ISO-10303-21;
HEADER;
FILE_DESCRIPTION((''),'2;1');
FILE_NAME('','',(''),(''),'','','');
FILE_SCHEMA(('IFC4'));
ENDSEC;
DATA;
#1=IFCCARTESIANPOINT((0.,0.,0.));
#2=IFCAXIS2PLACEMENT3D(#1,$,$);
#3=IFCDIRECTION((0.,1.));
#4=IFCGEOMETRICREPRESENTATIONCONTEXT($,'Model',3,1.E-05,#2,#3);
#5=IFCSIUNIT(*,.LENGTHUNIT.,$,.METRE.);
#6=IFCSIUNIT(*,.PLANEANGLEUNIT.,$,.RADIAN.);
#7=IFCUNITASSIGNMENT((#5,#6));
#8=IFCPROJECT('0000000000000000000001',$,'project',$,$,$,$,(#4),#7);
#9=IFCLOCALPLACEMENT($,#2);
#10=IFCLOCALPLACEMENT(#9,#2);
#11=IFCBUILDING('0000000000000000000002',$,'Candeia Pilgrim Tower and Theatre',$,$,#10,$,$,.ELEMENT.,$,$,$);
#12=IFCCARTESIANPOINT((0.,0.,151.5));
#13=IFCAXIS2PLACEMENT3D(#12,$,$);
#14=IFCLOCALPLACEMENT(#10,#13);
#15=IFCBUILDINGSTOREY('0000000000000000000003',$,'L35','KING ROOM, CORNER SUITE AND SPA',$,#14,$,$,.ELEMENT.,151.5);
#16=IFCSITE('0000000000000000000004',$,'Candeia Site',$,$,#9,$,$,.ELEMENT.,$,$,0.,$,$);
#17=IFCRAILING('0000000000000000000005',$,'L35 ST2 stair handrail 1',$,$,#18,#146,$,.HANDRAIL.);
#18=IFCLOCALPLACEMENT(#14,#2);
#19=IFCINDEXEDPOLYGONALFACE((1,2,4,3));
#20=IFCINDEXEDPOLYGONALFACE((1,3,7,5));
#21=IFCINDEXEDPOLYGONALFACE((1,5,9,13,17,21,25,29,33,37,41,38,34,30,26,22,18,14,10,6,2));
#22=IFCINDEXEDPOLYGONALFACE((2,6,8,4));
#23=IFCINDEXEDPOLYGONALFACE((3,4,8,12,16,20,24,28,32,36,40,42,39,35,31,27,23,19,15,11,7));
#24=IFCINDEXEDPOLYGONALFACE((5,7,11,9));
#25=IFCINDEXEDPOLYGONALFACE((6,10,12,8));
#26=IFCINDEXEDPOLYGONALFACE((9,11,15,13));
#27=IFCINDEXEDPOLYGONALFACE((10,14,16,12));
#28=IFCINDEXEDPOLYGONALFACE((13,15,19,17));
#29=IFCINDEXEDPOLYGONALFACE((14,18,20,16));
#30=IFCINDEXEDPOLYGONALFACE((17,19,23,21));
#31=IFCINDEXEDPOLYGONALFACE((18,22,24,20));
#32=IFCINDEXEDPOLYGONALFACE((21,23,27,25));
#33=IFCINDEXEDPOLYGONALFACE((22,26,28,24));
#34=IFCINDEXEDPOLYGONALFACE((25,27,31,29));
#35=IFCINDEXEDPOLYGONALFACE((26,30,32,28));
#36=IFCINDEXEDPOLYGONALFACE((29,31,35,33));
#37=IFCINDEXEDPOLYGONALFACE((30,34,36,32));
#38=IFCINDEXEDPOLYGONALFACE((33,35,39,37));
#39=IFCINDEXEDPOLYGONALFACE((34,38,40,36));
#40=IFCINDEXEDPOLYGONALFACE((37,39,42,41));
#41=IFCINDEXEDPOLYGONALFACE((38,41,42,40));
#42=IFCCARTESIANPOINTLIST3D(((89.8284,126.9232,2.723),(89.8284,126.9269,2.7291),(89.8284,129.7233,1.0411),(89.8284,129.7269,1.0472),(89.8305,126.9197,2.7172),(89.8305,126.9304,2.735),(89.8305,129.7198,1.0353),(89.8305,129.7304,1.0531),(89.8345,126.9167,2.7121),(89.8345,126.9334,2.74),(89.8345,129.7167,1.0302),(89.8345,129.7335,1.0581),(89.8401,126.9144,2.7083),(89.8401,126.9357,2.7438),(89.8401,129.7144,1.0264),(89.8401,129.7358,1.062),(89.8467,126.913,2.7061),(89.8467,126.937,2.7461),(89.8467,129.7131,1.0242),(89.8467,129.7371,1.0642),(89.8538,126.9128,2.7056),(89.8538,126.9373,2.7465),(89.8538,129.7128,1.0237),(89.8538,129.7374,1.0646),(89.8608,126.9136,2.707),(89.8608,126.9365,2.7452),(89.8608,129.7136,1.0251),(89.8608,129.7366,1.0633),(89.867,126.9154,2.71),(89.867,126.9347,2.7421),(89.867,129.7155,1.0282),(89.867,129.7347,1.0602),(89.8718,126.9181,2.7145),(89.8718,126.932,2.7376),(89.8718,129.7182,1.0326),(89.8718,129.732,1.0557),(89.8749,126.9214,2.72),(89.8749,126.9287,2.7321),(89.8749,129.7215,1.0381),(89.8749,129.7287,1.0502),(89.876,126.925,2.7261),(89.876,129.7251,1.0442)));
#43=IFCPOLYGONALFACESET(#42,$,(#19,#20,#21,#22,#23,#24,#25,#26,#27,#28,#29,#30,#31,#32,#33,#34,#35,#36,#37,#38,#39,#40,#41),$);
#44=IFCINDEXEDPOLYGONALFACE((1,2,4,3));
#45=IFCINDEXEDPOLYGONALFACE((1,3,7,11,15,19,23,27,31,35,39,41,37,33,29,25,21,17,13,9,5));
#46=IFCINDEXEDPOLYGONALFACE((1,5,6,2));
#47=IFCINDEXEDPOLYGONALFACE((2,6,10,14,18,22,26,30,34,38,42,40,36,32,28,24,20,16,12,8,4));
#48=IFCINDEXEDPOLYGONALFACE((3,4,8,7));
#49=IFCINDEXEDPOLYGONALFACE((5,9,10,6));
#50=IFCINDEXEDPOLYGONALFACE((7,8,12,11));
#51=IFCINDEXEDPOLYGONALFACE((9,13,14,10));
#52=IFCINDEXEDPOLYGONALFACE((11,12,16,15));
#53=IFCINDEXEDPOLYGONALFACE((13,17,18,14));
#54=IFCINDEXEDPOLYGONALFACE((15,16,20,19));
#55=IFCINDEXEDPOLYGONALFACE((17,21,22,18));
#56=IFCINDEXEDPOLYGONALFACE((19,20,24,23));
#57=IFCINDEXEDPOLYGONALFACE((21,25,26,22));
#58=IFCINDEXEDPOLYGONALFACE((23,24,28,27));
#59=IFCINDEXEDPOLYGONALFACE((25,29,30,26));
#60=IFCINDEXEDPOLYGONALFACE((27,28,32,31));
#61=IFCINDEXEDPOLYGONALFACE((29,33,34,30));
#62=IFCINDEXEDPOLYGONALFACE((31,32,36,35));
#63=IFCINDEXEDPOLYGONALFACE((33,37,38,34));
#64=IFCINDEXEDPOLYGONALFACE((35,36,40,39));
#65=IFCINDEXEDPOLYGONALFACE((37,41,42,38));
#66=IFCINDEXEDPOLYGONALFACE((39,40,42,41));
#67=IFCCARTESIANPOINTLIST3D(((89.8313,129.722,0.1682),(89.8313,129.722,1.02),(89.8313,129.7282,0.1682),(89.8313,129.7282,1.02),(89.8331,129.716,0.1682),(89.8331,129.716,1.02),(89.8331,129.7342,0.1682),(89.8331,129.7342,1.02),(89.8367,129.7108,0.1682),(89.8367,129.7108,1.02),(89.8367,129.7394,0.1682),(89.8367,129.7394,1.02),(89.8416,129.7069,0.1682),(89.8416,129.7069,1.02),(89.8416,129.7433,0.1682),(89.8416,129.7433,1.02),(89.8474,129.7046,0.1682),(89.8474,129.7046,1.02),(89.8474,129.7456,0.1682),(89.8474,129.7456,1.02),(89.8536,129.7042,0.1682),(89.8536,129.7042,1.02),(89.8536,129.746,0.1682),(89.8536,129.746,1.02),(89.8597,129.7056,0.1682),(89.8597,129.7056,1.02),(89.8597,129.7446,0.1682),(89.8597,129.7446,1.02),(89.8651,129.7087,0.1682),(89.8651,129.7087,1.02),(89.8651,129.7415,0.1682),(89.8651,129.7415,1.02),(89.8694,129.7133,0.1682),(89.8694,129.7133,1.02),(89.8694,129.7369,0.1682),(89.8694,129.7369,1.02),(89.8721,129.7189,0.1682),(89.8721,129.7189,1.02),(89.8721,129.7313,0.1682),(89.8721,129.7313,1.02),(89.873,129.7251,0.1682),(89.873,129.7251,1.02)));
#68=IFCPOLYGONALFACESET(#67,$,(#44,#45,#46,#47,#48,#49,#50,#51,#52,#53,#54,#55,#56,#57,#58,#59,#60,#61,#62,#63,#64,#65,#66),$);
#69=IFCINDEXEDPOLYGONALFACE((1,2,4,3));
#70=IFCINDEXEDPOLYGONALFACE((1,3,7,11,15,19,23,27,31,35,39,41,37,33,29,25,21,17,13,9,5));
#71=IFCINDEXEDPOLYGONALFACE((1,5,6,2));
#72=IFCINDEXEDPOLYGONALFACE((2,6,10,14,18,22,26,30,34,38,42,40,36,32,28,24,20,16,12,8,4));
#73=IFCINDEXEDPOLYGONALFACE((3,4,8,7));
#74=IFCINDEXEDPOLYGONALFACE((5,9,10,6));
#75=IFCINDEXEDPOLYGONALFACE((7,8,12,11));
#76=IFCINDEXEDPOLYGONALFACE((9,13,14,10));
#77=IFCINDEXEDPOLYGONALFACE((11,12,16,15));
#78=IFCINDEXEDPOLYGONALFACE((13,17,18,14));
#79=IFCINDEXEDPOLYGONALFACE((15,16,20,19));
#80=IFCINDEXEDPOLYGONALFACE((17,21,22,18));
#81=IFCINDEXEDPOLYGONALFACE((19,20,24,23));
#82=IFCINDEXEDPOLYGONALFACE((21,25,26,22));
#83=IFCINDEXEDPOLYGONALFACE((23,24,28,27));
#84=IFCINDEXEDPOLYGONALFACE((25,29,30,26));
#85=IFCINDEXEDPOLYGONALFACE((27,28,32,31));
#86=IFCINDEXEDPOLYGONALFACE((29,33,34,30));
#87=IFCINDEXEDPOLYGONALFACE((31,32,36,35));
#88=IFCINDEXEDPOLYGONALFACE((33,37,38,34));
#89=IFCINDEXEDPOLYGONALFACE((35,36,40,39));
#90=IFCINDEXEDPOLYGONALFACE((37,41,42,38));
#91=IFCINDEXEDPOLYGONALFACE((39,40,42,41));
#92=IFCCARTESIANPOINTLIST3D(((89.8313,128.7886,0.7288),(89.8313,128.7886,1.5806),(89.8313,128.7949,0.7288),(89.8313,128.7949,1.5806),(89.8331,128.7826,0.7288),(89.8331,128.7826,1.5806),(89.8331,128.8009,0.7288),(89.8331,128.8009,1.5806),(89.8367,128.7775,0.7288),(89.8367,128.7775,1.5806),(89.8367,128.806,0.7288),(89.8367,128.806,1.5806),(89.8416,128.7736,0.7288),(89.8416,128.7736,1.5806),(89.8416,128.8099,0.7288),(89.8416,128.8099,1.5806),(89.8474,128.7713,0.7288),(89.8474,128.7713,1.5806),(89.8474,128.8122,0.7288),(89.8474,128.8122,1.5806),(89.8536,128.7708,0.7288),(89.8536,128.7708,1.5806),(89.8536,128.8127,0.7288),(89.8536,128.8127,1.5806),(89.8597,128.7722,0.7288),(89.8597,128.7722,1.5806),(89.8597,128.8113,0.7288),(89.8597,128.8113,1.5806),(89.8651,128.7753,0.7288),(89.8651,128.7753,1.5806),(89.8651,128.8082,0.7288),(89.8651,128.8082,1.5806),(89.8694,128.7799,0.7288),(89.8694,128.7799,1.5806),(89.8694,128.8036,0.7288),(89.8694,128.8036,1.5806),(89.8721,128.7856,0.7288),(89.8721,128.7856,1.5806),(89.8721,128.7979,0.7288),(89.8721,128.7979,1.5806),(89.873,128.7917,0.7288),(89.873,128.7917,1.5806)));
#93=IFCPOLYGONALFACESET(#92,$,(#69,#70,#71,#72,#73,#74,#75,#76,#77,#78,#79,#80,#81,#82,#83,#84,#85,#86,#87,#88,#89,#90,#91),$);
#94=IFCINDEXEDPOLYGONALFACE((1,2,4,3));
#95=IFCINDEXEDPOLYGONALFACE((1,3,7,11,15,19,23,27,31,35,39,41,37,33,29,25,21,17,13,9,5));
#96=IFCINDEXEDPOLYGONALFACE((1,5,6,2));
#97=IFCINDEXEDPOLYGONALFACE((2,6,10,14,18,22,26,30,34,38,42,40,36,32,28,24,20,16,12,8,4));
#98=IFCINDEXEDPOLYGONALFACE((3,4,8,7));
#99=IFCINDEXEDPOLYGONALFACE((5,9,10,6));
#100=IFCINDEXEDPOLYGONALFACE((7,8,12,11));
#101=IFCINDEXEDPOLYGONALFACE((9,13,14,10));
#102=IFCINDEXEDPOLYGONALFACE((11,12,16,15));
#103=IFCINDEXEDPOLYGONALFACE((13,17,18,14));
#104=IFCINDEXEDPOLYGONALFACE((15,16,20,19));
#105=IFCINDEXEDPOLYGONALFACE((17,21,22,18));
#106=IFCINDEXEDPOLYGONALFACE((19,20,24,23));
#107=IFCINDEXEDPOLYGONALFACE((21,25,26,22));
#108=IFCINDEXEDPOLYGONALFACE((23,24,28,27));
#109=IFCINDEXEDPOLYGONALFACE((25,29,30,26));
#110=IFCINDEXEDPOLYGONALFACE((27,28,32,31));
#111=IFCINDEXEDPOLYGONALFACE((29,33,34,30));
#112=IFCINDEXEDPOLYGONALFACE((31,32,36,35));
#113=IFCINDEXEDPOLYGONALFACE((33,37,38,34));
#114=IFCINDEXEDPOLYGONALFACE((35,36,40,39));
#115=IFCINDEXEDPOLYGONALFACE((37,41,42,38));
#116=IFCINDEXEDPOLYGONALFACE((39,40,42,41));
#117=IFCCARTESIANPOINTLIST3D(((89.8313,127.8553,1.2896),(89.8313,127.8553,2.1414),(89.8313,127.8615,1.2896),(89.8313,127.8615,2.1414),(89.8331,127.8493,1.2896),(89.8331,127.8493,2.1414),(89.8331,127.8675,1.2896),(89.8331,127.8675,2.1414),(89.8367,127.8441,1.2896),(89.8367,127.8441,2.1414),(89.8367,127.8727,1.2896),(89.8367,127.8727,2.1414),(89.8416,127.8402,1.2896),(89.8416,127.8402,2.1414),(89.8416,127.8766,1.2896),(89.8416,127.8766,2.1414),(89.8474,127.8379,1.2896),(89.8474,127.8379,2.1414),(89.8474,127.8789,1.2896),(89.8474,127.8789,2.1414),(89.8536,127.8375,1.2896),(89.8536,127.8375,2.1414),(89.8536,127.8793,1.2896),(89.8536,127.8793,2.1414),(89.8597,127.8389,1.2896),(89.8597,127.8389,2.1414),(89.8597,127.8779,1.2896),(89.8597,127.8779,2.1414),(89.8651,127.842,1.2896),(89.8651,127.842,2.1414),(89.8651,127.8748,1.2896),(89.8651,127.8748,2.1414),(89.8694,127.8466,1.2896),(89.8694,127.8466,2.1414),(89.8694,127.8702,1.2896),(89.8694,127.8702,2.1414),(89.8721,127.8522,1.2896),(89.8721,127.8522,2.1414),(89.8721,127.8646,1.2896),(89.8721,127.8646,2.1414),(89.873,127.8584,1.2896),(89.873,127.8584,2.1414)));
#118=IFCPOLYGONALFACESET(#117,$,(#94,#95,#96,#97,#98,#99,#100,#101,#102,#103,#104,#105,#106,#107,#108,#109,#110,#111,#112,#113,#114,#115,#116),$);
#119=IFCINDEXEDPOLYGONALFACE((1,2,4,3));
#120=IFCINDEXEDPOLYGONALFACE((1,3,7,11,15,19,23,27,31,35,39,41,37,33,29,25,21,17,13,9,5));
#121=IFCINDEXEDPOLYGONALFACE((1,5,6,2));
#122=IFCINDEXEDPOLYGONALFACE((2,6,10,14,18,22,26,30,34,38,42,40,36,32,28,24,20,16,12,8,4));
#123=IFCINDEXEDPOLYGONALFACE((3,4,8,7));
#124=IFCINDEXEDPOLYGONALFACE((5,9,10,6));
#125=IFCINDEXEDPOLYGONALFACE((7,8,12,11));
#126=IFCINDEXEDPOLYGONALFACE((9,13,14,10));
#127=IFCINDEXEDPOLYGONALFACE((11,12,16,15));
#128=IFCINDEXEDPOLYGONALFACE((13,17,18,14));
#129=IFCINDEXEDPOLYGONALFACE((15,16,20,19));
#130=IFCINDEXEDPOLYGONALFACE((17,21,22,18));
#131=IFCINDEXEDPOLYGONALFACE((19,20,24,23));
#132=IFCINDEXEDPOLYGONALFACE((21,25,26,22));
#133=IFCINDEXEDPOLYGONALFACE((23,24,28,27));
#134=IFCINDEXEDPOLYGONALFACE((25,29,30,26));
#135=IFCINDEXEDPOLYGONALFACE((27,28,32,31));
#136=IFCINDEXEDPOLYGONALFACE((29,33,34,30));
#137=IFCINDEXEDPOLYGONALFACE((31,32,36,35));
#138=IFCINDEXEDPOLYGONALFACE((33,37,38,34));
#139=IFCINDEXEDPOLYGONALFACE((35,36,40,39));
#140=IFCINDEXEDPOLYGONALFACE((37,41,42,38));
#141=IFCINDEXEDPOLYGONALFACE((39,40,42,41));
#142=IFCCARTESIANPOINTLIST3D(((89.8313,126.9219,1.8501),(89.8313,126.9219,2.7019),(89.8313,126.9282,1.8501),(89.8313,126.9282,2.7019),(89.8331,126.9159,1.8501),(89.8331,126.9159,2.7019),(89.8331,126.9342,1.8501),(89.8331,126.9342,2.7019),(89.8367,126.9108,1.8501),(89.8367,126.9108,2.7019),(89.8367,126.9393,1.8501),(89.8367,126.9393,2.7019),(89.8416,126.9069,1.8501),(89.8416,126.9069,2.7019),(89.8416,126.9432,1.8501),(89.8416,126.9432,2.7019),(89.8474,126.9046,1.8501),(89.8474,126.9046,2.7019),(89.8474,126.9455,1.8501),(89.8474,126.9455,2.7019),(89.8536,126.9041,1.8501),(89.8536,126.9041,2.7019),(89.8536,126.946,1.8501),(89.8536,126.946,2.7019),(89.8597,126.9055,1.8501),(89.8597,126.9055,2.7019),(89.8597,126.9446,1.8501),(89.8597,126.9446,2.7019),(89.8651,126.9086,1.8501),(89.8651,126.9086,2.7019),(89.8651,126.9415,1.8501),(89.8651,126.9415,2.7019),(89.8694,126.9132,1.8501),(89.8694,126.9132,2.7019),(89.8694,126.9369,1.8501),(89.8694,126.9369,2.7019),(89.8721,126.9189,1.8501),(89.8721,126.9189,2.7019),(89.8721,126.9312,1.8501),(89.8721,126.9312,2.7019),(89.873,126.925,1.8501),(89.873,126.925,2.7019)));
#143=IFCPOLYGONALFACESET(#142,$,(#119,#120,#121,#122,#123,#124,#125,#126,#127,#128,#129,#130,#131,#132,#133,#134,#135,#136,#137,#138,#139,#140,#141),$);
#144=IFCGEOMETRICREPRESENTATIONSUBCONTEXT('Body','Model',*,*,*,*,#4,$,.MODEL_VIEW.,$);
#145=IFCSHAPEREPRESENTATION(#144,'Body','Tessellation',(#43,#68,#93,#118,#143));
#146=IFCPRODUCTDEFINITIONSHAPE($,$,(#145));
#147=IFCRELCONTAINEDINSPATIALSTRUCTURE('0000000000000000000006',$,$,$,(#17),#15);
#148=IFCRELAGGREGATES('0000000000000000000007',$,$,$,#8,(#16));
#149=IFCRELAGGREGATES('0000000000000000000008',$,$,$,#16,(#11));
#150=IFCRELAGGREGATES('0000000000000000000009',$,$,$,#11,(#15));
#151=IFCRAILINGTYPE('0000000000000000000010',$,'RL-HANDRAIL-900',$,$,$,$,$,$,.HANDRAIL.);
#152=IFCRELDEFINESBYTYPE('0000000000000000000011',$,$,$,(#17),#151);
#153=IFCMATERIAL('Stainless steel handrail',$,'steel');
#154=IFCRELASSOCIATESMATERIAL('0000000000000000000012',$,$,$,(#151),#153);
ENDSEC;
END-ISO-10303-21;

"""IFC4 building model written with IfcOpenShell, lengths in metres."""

from ifc_helpers import new_model, si_unit, direction, frame, origin, origin_2d, place, context, subcontext, project, spatial, circle, extrude, material, type_object, element, save


model = new_model("IFC4")

# Units and contexts
model_context = context("Model", 3, precision=1e-05, world=origin(), true_north=direction((0.0, 1.0)))
body_context = subcontext(model_context, "Body", "Model", "MODEL_VIEW")
ifc_project = project(units=[si_unit("LENGTHUNIT", "METRE"), si_unit("PLANEANGLEUNIT", "RADIAN")], contexts=[model_context])

# Site, building, storey
site_placement = place(None, origin())
site = spatial("IfcSite", under=ifc_project, at=site_placement, Name="Candeia Site", CompositionType="ELEMENT", RefElevation=0.0)
building_placement = place(site_placement, origin())
building = spatial("IfcBuilding", under=site, at=building_placement, Name="Candeia Pilgrim Tower and Theatre", CompositionType="ELEMENT")
storey_placement = place(building_placement, frame((0.0, 0.0, 151.5)))
storey = spatial("IfcBuildingStorey", under=building, at=storey_placement, Name="L35", Description="KING ROOM, CORNER SUITE AND SPA", CompositionType="ELEMENT", Elevation=151.5)

# Railing
ifc_material_1 = material(Name="Stainless steel handrail", Category="steel")
railing_type_1 = type_object("IfcRailingType", Name="RL-HANDRAIL-900", PredefinedType="HANDRAIL", material=ifc_material_1)
for number, where, name in (
    (1, (89.8521, 129.7251, 0.1682), "L35 ST2 stair handrail 1"),
):
    element("IfcRailing", number, at=place(storey_placement, frame(where)), inside=storey, type_object=railing_type_1, Name=name, PredefinedType="HANDRAIL", context=body_context, shape_type="SweptSolid", body=[
        extrude(circle(Radius=0.0239, at=origin_2d()), frame((0.0, 0.0, 0.876), z_axis=(0.0, -0.857242, 0.514913), x_axis=(1.0, 0.0, 0.0)), (0.0, 0.0, 1.0), 3.2664),
        extrude(circle(Radius=0.021, at=origin_2d()), origin(), (0.0, 0.0, 1.0), 0.8518),
        extrude(circle(Radius=0.021, at=origin_2d()), frame((0.0, -0.9333, 0.5605)), (0.0, 0.0, 1.0), 0.8518),
        extrude(circle(Radius=0.021, at=origin_2d()), frame((0.0, -1.8667, 1.1213)), (0.0, 0.0, 1.0), 0.8518),
        extrude(circle(Radius=0.021, at=origin_2d()), frame((0.0, -2.8, 1.6819)), (0.0, 0.0, 1.0), 0.8518),
    ])

save(model, "model.ifc")
